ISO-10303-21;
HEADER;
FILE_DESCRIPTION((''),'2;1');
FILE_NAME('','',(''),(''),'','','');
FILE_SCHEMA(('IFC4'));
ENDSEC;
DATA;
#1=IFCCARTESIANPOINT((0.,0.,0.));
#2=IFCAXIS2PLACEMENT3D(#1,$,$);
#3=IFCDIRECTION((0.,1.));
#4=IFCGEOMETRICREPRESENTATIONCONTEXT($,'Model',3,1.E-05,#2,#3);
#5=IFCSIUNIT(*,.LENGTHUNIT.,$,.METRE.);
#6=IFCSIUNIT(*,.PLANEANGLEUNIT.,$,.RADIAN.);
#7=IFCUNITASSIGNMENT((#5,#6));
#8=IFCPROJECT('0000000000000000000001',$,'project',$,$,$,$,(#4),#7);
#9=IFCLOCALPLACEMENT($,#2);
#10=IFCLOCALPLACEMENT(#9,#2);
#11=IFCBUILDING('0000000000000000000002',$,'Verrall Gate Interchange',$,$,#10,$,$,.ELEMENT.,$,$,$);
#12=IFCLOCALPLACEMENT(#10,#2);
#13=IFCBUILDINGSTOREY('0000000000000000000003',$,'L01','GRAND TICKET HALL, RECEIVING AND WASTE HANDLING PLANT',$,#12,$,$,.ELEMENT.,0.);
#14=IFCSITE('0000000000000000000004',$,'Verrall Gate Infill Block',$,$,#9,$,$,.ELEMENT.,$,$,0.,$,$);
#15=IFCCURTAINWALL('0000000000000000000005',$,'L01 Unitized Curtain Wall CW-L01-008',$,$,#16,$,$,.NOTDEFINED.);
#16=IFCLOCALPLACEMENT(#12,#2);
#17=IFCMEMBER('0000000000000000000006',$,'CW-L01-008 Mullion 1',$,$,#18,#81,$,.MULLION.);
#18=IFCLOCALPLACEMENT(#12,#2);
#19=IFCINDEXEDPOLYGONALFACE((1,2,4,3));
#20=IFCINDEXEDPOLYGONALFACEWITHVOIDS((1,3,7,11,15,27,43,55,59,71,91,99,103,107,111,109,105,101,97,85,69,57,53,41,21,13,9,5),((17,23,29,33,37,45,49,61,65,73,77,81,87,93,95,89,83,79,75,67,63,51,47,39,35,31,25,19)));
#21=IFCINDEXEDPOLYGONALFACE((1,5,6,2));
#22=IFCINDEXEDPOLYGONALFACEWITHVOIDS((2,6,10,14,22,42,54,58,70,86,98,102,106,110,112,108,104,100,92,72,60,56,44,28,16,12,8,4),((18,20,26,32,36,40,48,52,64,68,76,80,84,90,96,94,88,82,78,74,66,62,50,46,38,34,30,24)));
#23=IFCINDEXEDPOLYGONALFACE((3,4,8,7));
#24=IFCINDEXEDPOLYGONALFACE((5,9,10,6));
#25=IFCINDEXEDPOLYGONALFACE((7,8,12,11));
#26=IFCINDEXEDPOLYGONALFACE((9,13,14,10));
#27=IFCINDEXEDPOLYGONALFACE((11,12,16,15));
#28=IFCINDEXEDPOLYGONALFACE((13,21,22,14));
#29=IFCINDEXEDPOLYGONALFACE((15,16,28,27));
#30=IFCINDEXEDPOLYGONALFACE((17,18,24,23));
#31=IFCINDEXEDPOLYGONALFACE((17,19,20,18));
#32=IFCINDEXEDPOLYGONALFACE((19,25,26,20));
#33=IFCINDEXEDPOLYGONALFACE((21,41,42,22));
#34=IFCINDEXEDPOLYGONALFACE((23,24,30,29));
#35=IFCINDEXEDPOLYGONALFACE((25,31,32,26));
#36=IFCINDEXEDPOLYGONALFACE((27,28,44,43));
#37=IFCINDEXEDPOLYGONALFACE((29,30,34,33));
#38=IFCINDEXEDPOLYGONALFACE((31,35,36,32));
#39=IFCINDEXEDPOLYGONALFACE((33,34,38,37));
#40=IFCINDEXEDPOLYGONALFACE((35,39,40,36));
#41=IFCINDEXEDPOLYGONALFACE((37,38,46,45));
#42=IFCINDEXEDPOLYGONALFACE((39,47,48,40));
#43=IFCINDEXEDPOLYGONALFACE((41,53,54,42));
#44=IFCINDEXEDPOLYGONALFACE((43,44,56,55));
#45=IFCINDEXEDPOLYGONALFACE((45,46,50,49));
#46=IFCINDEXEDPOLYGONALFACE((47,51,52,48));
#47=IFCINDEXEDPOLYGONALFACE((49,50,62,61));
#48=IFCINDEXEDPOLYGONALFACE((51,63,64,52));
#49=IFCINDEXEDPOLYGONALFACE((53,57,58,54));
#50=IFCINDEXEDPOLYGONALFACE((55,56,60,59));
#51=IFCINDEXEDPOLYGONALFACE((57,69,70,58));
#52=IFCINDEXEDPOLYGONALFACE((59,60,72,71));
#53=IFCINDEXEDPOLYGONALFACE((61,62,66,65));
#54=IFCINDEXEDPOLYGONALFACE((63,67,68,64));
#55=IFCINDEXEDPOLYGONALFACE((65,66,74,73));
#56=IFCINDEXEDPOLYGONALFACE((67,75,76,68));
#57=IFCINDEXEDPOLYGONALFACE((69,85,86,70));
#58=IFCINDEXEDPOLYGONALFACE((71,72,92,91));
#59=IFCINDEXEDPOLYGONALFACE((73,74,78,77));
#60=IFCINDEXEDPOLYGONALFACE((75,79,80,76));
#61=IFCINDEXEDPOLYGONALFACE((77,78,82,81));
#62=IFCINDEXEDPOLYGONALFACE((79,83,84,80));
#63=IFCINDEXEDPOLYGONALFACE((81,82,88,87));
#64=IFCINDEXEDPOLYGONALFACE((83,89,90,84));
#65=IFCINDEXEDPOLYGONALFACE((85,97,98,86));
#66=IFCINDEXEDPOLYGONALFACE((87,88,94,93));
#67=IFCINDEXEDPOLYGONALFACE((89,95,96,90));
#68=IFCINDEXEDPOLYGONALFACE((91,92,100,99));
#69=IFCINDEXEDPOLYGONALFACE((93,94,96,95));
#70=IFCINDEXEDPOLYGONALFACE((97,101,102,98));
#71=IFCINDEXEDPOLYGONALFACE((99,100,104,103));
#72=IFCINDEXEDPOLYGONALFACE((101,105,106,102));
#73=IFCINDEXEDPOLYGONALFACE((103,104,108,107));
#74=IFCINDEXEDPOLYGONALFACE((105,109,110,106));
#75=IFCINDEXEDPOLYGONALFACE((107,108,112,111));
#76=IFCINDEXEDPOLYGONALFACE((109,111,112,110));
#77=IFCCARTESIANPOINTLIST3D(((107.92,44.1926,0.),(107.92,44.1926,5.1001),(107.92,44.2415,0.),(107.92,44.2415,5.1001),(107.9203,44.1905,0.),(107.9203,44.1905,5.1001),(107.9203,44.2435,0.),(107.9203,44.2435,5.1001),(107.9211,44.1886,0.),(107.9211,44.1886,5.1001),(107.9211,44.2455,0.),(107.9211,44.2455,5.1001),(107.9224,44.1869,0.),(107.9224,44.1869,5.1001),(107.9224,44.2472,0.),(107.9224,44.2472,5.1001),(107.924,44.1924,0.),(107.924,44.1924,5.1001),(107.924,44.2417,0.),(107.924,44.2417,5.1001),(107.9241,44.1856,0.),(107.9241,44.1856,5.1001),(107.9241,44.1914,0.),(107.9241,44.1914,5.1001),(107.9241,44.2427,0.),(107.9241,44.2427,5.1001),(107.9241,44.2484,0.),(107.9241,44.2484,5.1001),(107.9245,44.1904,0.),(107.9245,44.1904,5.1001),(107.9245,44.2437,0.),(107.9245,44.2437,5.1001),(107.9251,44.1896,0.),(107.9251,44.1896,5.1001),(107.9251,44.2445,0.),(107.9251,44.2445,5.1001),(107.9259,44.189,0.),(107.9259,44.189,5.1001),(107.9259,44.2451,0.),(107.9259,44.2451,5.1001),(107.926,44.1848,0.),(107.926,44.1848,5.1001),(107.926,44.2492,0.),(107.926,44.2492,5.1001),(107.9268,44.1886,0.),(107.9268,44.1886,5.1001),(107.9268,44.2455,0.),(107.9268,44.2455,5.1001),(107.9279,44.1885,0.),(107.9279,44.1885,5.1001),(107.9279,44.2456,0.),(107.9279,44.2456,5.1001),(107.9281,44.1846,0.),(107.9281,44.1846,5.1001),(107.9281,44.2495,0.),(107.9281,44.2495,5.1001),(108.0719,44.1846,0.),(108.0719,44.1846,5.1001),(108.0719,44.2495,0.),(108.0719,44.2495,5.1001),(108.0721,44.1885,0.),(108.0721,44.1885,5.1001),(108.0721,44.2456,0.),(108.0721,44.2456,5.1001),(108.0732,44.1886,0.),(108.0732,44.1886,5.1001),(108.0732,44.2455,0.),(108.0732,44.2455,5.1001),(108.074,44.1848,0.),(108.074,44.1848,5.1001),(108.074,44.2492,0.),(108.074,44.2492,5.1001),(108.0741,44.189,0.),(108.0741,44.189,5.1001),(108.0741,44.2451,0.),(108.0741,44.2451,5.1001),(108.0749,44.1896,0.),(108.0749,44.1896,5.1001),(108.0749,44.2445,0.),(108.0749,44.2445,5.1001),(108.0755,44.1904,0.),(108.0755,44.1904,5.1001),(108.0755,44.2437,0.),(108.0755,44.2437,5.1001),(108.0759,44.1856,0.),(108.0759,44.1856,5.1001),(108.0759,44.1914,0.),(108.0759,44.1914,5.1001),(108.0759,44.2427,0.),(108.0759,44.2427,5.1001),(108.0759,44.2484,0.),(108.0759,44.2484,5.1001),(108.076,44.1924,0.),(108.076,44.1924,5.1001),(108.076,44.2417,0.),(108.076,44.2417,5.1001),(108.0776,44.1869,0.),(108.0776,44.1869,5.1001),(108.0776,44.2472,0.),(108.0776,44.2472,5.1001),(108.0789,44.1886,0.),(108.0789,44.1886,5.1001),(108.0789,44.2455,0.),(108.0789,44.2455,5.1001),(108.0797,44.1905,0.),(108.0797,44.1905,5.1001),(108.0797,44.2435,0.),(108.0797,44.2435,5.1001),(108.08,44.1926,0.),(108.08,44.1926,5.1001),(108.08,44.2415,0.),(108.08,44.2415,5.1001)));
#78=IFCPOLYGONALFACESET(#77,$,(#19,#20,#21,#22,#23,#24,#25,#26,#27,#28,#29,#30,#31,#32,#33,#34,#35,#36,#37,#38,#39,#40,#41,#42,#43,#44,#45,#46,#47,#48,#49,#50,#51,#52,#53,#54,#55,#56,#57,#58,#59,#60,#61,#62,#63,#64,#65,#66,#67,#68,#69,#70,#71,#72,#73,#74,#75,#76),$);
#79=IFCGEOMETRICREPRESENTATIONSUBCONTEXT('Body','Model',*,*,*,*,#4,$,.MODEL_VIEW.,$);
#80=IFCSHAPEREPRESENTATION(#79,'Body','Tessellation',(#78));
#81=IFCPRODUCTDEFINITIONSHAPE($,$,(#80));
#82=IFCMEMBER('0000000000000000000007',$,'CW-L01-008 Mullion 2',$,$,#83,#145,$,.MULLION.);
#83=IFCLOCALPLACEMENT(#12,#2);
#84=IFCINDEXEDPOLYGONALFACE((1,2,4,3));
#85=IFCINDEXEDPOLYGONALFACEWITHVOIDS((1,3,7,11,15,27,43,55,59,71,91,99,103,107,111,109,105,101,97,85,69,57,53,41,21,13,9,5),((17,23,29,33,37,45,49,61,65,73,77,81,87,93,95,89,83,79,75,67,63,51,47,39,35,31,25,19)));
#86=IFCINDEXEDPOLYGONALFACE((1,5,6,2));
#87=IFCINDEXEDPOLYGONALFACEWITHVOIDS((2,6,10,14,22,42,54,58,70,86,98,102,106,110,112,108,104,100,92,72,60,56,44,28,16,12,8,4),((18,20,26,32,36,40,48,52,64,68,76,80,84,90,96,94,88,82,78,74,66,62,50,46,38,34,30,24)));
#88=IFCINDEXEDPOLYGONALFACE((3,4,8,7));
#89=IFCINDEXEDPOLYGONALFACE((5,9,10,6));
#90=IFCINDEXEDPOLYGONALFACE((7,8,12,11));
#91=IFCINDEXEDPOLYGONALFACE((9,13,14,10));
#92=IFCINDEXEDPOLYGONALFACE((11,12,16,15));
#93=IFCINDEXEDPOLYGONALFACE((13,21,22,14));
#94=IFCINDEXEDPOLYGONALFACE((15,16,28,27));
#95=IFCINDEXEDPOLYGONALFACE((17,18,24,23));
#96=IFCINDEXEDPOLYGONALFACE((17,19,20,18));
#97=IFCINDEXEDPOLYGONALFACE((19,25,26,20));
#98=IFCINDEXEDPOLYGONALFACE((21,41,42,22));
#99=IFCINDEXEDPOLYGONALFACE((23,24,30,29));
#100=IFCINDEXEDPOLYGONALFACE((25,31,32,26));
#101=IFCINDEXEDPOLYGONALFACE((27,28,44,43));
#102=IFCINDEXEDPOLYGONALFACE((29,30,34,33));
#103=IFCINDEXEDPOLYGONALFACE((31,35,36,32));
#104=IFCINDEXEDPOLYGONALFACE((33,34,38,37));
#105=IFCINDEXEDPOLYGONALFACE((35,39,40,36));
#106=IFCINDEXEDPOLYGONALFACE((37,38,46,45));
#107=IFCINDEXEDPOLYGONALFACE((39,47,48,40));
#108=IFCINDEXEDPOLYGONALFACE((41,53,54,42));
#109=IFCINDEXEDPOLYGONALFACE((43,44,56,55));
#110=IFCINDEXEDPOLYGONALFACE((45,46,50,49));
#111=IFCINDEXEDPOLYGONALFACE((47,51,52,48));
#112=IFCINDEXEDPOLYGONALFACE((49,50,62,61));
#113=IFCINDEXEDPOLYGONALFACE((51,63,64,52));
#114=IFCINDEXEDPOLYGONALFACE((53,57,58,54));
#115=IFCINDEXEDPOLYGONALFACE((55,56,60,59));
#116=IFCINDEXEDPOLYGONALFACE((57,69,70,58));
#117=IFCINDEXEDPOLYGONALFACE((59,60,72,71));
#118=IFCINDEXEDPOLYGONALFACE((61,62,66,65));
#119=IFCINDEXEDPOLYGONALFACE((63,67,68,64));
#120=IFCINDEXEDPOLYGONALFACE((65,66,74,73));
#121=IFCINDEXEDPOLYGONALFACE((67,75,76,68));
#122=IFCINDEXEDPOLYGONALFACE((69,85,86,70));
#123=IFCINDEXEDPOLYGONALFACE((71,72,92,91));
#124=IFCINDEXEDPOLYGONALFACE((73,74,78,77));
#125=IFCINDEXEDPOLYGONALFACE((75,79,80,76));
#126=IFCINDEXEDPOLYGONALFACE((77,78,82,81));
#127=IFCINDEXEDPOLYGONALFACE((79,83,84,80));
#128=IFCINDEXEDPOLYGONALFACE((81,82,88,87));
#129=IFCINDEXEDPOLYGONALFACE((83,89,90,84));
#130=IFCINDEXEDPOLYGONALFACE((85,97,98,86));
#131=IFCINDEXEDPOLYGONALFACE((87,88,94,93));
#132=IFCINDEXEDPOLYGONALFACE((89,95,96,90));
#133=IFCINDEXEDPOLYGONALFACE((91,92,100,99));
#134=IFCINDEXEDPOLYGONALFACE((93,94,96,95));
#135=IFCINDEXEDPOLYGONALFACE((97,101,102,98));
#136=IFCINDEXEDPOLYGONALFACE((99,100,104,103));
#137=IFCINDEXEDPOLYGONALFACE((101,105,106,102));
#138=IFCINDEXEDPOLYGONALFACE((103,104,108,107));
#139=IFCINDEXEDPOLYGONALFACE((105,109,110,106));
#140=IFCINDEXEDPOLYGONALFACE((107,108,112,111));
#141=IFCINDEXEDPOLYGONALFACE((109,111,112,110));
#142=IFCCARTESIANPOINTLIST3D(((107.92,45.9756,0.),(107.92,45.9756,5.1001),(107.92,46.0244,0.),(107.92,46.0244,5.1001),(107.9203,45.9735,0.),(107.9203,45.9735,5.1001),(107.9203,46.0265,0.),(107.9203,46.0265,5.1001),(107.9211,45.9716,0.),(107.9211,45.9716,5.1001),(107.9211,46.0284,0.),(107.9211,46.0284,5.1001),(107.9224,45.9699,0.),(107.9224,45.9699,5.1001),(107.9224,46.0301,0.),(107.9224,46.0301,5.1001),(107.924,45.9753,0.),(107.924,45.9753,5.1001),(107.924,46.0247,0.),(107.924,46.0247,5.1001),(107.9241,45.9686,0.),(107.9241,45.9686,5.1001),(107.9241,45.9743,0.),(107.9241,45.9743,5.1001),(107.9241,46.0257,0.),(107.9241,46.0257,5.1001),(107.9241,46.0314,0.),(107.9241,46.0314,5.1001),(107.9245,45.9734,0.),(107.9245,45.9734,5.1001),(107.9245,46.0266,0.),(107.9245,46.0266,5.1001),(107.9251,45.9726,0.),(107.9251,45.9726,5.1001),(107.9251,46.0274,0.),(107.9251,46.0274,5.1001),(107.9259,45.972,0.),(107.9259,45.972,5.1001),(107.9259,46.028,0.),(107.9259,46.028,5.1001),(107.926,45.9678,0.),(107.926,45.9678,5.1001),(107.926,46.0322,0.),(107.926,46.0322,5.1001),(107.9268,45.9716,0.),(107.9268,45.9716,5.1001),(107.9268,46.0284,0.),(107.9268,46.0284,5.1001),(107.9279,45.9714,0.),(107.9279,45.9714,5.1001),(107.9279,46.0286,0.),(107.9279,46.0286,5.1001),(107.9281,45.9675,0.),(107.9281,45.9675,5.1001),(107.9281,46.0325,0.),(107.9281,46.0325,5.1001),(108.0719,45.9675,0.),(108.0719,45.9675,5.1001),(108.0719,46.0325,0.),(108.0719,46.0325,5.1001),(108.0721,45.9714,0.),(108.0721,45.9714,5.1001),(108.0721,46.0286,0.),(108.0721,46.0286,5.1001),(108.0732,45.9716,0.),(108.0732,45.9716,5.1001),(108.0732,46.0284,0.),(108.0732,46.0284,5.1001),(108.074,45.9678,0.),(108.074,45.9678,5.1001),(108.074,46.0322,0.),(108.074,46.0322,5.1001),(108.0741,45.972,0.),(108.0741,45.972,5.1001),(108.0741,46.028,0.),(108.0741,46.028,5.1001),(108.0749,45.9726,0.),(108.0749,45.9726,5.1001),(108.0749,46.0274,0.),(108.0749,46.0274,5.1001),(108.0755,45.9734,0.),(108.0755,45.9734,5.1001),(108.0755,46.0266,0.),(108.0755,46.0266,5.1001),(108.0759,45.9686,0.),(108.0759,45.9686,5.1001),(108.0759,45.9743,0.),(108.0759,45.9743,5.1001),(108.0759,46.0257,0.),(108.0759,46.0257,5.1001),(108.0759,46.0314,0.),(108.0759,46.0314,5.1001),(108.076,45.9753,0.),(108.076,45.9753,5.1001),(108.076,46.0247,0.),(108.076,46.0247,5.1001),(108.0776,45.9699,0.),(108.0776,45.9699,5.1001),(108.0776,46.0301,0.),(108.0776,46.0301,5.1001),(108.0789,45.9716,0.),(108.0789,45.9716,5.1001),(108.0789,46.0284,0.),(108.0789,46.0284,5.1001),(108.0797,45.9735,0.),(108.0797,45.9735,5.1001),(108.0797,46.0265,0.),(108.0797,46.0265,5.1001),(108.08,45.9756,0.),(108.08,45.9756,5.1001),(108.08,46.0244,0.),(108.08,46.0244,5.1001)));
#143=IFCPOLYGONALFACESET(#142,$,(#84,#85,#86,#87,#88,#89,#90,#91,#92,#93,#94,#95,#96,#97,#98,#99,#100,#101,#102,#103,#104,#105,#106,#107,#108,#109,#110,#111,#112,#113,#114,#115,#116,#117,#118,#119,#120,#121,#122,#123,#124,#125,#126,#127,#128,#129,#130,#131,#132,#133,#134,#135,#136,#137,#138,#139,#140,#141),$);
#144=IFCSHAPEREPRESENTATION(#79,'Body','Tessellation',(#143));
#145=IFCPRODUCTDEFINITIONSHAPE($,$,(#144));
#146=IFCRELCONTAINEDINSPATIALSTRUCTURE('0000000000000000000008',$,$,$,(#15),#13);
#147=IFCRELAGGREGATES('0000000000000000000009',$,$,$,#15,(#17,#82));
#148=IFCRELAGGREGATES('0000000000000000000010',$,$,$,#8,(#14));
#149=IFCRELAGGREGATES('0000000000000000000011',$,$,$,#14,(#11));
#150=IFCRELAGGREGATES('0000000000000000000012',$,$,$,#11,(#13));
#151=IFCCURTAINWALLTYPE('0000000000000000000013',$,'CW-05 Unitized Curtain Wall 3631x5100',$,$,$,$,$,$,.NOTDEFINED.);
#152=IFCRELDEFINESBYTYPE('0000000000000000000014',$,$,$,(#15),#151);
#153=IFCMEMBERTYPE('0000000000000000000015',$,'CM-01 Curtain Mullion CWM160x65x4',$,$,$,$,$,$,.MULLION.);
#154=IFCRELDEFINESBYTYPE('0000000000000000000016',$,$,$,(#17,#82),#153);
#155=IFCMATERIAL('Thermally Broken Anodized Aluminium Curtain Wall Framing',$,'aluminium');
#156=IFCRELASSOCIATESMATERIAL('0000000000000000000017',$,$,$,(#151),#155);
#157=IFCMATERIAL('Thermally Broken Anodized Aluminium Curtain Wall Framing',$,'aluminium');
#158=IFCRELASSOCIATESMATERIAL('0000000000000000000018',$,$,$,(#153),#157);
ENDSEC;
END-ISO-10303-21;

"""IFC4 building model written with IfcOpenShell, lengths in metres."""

from ifc_helpers import new_model, si_unit, direction, frame, origin, origin_2d, place, context, subcontext, project, spatial, hollow_rectangle, extrude, material, material_profile, profile_set, type_object, element, aggregate, save


model = new_model("IFC4")

# Units and contexts
model_context = context("Model", 3, precision=1e-05, world=origin(), true_north=direction((0.0, 1.0)))
body_context = subcontext(model_context, "Body", "Model", "MODEL_VIEW")
ifc_project = project(units=[si_unit("LENGTHUNIT", "METRE"), si_unit("PLANEANGLEUNIT", "RADIAN")], contexts=[model_context])

# Site, building, storey
site_placement = place(None, origin())
site = spatial("IfcSite", under=ifc_project, at=site_placement, Name="Verrall Gate Infill Block", CompositionType="ELEMENT", RefElevation=0.0)
building_placement = place(site_placement, origin())
building = spatial("IfcBuilding", under=site, at=building_placement, Name="Verrall Gate Interchange", CompositionType="ELEMENT")
storey_placement = place(building_placement, origin())
storey = spatial("IfcBuildingStorey", under=building, at=storey_placement, Name="L01", Description="GRAND TICKET HALL, RECEIVING AND WASTE HANDLING PLANT", CompositionType="ELEMENT", Elevation=0.0)

# Curtain wall, members
ifc_material_1 = material(Name="Thermally Broken Anodized Aluminium Curtain Wall Framing", Category="aluminium")
curtain_wall_type_1 = type_object("IfcCurtainWallType", Name="CW-05 Unitized Curtain Wall 3631x5100", PredefinedType="NOTDEFINED", material=ifc_material_1)
curtain_wall_1_placement = place(storey_placement, origin())
curtain_wall_1 = element("IfcCurtainWall", 1, at=curtain_wall_1_placement, inside=storey, type_object=curtain_wall_type_1, Name="L01 Unitized Curtain Wall CW-L01-008", PredefinedType="NOTDEFINED")
ifc_material_2 = material(Name="Thermally Broken Anodized Aluminium Curtain Wall Framing", Category="aluminium")
ifc_material_profile_1 = material_profile(ifc_material_2, hollow_rectangle(XDim=0.0649, YDim=0.1599, WallThickness=0.0039, InnerFilletRadius=0.0039, OuterFilletRadius=0.0081, at=origin_2d()), Name="CWM160x65x4")
ifc_profile_set_1 = profile_set([ifc_material_profile_1], Name="Thermally Broken Anodized Aluminium Curtain Wall Framing")
member_type_1 = type_object("IfcMemberType", Name="CM-01 Curtain Mullion CWM160x65x4", PredefinedType="MULLION", material=ifc_profile_set_1)
member_1_placement = place(storey_placement, frame((108.0, 44.217, 0.0), z_axis=(0.0, 0.0, 1.0), x_axis=(0.0, 1.0, 0.0)))
member_1 = element("IfcMember", 2, at=member_1_placement, type_object=member_type_1, Name="CW-L01-008 Mullion 1", PredefinedType="MULLION", context=body_context, shape_type="SweptSolid", body=[
    extrude(hollow_rectangle(XDim=0.0649, YDim=0.1599, WallThickness=0.0039, InnerFilletRadius=0.0039, OuterFilletRadius=0.0081, at=origin_2d()), origin(), (0.0, 0.0, 1.0), 5.1001),
])
member_2_placement = place(storey_placement, frame((108.0, 46.0, 0.0), z_axis=(0.0, 0.0, 1.0), x_axis=(0.0, 1.0, 0.0)))
member_2 = element("IfcMember", 3, at=member_2_placement, type_object=member_type_1, Name="CW-L01-008 Mullion 2", PredefinedType="MULLION", context=body_context, shape_type="SweptSolid", body=[
    extrude(hollow_rectangle(XDim=0.0649, YDim=0.1599, WallThickness=0.0039, InnerFilletRadius=0.0039, OuterFilletRadius=0.0081, at=origin_2d()), origin(), (0.0, 0.0, 1.0), 5.1001),
])

aggregate(curtain_wall_1, [member_1, member_2])

save(model, "model.ifc")
